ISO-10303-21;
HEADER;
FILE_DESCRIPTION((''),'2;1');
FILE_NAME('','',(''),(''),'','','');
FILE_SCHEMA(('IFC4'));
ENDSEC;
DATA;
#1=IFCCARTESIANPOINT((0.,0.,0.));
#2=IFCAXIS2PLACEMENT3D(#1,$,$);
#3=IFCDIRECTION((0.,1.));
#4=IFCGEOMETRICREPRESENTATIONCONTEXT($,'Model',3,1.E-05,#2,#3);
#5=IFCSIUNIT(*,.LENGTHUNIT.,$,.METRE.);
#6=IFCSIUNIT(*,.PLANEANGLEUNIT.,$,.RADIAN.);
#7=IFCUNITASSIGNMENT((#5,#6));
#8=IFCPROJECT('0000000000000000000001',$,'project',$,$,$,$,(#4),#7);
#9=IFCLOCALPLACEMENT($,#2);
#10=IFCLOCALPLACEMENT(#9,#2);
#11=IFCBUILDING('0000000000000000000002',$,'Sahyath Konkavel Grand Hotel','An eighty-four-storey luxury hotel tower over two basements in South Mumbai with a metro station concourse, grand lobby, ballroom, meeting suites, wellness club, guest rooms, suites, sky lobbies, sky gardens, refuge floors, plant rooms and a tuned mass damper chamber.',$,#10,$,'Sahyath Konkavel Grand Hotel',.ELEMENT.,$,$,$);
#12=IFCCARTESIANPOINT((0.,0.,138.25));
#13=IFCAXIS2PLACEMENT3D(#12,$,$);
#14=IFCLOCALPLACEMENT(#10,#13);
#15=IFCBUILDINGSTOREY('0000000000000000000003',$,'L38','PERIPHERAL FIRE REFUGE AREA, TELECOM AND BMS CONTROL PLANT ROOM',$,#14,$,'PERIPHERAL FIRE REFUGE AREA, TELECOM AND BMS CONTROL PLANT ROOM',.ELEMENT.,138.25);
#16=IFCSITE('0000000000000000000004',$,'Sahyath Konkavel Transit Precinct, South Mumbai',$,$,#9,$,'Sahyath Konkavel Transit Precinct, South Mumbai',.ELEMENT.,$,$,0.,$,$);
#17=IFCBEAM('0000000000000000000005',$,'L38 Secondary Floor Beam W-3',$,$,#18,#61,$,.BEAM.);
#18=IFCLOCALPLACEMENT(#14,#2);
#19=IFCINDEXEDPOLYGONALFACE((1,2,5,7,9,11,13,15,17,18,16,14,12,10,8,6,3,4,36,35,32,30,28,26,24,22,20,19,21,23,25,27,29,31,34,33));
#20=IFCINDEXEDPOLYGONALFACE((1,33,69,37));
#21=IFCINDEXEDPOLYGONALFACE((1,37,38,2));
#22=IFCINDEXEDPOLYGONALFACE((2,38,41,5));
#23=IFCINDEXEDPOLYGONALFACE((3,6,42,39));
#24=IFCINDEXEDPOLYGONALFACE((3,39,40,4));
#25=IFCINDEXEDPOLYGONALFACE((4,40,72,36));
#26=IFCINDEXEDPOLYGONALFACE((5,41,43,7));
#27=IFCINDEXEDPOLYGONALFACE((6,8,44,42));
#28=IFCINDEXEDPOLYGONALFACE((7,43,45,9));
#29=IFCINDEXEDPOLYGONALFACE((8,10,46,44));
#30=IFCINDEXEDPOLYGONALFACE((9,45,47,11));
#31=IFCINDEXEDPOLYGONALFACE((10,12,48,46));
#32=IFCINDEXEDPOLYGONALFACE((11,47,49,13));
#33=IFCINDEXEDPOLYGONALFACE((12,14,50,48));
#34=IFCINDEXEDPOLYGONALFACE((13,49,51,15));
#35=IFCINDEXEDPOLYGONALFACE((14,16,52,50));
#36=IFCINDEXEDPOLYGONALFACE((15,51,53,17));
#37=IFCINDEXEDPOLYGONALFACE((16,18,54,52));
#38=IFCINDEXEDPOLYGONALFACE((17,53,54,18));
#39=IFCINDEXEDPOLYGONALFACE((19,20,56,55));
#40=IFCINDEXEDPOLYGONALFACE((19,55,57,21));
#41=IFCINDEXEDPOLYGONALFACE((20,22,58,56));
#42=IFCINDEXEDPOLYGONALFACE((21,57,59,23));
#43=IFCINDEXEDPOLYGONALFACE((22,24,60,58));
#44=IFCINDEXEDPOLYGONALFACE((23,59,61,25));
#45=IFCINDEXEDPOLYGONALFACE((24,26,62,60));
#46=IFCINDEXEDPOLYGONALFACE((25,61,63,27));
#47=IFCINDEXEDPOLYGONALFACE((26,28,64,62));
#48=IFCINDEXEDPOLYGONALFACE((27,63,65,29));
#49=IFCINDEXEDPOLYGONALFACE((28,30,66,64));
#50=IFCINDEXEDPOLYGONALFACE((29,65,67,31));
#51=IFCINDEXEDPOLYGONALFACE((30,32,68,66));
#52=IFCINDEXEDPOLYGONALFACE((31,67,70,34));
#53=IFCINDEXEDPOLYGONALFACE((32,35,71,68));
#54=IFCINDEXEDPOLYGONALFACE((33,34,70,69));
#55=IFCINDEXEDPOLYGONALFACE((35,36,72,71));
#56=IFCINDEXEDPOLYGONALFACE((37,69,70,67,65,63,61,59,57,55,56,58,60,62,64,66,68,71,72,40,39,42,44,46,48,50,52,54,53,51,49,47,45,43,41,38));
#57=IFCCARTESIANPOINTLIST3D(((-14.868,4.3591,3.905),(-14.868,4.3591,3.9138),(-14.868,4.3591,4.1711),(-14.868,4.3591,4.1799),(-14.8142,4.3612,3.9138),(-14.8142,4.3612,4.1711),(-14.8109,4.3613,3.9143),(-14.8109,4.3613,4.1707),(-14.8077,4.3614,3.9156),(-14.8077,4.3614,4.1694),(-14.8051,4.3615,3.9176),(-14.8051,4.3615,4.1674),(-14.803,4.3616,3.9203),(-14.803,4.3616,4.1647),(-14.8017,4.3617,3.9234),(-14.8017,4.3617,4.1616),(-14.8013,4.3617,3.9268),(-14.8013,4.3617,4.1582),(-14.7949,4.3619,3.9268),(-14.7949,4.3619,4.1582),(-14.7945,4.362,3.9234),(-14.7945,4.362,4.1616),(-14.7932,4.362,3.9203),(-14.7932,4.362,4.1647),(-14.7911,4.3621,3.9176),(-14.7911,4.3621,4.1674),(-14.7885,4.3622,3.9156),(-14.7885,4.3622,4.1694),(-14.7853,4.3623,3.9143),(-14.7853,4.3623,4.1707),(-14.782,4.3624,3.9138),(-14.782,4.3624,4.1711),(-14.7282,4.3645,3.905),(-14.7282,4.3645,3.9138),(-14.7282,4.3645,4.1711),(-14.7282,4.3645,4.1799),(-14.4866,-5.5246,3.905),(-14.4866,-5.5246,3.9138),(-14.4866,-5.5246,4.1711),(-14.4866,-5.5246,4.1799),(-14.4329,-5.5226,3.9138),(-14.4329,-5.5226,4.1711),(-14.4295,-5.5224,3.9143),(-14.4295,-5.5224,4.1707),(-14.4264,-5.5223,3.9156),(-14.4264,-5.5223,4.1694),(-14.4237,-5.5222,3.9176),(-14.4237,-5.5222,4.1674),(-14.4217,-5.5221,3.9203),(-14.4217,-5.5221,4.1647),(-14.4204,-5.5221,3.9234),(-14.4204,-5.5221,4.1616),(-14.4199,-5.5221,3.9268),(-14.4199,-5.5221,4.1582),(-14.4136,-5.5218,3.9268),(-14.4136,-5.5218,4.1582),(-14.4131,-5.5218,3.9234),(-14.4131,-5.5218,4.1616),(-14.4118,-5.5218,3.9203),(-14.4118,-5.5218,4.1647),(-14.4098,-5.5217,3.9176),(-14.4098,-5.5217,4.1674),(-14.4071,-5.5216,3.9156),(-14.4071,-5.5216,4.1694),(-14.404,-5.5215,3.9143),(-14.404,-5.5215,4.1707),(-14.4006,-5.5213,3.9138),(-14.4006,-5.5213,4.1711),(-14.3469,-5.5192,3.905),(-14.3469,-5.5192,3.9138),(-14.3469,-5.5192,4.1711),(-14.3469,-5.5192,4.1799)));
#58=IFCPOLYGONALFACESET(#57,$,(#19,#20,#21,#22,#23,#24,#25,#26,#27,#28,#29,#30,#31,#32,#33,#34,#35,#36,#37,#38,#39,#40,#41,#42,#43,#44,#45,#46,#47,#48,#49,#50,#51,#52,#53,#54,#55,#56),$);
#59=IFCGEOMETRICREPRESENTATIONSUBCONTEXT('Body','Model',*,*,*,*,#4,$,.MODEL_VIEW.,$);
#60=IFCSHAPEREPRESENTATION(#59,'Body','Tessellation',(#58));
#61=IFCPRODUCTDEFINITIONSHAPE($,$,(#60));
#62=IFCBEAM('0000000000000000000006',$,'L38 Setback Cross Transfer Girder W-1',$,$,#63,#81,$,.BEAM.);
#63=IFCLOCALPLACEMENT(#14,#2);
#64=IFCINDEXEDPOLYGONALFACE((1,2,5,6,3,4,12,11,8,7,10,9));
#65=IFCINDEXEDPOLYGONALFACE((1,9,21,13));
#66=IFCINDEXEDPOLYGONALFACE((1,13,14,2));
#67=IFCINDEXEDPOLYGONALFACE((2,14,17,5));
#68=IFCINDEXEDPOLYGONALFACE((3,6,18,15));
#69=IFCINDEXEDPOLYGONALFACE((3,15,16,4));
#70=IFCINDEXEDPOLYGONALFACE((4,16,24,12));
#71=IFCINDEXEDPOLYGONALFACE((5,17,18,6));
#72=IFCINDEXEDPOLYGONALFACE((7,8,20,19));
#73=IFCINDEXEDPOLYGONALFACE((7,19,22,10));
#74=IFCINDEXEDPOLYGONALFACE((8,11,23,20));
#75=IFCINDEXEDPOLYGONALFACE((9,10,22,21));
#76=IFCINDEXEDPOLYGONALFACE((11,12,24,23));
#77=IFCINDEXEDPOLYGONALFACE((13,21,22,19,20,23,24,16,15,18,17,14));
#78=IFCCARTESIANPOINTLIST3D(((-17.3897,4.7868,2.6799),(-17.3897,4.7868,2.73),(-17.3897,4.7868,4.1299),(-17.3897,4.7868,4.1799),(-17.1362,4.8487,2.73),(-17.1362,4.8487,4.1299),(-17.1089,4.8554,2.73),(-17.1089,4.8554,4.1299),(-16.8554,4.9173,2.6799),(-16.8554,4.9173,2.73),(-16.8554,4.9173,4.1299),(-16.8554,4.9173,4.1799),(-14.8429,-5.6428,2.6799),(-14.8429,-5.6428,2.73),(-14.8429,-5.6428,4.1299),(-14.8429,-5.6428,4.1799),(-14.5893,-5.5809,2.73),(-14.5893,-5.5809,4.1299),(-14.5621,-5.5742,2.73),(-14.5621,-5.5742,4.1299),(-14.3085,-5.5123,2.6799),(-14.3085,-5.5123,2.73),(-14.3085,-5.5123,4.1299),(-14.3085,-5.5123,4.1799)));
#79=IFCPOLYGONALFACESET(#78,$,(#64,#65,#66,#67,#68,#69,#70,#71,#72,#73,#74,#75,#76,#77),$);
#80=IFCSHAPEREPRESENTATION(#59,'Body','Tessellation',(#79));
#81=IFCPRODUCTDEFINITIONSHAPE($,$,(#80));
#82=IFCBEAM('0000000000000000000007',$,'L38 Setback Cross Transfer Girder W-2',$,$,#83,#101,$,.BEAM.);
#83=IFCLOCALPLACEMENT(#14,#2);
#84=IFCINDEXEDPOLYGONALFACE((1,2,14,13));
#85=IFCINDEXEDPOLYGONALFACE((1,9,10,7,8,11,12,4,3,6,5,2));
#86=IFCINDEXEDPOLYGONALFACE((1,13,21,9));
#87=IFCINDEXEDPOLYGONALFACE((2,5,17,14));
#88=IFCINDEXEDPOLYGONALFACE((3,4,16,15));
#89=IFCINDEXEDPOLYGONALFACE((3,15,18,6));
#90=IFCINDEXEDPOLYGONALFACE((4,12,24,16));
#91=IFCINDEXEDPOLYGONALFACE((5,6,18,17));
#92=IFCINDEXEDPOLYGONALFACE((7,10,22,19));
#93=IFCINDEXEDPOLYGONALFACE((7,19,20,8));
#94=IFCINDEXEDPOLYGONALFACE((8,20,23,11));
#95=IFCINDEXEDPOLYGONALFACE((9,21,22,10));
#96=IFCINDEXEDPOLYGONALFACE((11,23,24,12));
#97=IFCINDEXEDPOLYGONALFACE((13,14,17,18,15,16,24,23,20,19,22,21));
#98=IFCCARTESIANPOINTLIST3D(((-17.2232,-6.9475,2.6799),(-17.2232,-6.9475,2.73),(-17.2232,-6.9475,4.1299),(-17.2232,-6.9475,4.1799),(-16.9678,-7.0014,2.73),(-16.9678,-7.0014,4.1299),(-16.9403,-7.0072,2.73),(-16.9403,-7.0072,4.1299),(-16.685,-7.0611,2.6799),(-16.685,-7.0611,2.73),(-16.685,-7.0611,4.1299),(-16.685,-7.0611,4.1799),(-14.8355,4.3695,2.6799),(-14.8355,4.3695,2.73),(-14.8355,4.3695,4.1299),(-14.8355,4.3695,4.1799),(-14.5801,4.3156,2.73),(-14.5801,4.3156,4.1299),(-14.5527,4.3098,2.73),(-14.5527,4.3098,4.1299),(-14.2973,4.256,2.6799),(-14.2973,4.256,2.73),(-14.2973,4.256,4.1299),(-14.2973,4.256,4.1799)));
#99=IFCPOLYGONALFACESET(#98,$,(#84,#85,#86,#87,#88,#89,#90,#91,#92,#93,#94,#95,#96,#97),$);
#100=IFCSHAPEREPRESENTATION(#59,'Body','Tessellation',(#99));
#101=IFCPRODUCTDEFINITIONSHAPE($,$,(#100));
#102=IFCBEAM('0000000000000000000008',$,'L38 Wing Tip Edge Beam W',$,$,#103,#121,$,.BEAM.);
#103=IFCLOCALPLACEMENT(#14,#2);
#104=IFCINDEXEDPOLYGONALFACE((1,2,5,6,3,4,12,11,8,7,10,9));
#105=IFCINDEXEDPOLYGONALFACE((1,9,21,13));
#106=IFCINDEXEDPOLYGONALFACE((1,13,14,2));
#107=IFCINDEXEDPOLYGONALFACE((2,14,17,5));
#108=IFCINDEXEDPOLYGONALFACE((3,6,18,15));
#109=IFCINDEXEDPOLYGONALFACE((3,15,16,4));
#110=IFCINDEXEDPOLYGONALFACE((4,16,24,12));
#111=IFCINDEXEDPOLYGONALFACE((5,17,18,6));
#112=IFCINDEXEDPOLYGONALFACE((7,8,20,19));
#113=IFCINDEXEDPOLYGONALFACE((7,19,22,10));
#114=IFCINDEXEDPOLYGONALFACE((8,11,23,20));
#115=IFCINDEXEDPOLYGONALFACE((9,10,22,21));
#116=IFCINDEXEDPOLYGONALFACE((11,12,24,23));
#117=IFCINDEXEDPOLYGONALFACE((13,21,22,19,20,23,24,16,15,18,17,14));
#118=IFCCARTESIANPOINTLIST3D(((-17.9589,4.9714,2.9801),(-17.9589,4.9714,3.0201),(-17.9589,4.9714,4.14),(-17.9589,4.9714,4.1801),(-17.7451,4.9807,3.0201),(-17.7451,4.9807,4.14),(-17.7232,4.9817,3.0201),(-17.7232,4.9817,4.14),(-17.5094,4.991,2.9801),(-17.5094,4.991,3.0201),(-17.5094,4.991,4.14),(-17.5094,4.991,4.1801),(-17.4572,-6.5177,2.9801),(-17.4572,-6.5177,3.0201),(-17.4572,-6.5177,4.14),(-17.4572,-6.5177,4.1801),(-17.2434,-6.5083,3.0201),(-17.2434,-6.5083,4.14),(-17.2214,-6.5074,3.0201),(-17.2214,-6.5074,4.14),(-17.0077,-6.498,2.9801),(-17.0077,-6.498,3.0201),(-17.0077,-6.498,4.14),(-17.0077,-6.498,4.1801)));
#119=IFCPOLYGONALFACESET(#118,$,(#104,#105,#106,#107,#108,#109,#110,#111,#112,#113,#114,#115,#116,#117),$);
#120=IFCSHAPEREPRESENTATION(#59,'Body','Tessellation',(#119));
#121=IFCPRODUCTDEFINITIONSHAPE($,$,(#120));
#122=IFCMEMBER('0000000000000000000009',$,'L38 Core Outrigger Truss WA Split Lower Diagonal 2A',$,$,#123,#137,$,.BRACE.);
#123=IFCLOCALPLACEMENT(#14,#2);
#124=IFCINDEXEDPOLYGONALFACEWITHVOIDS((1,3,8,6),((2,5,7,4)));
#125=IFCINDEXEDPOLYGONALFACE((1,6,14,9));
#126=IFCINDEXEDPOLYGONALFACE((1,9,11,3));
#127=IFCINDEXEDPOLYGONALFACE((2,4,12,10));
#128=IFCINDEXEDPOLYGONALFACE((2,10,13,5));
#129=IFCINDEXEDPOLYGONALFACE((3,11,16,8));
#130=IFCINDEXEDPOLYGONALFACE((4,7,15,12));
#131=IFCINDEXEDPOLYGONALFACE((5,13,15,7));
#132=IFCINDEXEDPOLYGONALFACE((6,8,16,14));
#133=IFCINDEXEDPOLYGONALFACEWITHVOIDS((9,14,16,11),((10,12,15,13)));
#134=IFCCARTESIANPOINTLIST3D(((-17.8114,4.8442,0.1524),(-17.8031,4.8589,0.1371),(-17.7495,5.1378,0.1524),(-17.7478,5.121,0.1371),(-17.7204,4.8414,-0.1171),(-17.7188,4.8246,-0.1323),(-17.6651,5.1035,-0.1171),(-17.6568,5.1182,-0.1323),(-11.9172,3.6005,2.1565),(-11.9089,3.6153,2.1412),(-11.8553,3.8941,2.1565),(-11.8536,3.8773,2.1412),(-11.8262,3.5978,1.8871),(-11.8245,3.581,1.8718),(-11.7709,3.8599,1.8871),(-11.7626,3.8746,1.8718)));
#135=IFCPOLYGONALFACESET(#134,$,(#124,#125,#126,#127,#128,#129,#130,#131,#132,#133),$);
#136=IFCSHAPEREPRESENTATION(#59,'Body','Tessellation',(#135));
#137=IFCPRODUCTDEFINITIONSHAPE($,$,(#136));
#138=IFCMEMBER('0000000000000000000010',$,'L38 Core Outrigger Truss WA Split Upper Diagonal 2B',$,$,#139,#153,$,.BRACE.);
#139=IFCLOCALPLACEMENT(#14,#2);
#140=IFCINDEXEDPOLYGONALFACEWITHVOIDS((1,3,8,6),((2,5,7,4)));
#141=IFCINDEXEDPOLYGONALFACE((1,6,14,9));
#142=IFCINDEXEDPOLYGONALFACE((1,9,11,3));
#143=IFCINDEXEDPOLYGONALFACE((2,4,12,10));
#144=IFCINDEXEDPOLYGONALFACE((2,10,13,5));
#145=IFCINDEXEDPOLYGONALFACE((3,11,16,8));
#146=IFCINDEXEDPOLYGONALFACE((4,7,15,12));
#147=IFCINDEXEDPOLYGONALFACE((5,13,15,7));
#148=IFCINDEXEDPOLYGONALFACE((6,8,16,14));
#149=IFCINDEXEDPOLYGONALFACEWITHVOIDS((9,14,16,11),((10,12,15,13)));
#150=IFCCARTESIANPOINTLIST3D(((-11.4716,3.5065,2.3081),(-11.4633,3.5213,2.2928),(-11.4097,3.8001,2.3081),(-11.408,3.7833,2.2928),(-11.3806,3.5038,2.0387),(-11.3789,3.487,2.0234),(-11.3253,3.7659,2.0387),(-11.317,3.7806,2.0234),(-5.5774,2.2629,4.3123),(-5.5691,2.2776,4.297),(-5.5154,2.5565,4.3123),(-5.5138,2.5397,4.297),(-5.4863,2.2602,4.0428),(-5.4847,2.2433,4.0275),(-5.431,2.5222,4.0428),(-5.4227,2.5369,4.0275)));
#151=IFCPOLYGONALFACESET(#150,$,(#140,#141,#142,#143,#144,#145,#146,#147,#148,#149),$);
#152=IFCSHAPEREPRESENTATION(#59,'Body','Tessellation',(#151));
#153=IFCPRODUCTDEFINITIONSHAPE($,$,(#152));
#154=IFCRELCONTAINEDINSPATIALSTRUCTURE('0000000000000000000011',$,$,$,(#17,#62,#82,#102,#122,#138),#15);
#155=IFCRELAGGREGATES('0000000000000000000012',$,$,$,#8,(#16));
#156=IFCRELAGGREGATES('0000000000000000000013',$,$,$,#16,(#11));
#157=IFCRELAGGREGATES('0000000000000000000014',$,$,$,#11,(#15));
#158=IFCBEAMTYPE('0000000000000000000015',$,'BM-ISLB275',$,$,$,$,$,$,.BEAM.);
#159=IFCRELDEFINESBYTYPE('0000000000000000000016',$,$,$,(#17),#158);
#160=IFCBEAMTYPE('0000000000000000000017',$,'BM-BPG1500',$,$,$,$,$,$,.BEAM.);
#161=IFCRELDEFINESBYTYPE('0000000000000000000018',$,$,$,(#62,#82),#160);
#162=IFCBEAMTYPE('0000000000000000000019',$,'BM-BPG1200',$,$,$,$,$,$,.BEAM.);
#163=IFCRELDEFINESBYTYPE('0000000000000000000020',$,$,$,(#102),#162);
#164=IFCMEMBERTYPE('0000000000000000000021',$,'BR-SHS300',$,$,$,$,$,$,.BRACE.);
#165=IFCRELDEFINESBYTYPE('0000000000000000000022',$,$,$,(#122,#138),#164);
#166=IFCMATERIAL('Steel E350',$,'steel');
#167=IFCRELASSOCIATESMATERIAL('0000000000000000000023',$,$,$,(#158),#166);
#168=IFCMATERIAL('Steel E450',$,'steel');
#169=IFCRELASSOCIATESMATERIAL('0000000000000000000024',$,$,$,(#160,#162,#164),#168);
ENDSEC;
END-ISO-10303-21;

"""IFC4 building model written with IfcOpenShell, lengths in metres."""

from ifc_helpers import new_model, si_unit, direction, frame, origin, origin_2d, place, context, subcontext, project, spatial, hollow_rectangle, i_section, extrude, source, transform, mapped, material, material_profile, profile_set, type_object, element, save


model = new_model("IFC4")

# Units and contexts
model_context = context("Model", 3, precision=1e-05, world=origin(), true_north=direction((0.0, 1.0)))
body_context = subcontext(model_context, "Body", "Model", "MODEL_VIEW")
ifc_project = project(units=[si_unit("LENGTHUNIT", "METRE"), si_unit("PLANEANGLEUNIT", "RADIAN")], contexts=[model_context])

# Site, building, storey
site_placement = place(None, origin())
site = spatial("IfcSite", under=ifc_project, at=site_placement, Name="Sahyath Konkavel Transit Precinct, South Mumbai", LongName="Sahyath Konkavel Transit Precinct, South Mumbai", CompositionType="ELEMENT", RefElevation=0.0)
building_placement = place(site_placement, origin())
building = spatial("IfcBuilding", under=site, at=building_placement, Name="Sahyath Konkavel Grand Hotel", Description="An eighty-four-storey luxury hotel tower over two basements in South Mumbai with a metro station concourse, grand lobby, ballroom, meeting suites, wellness club, guest rooms, suites, sky lobbies, sky gardens, refuge floors, plant rooms and a tuned mass damper chamber.", LongName="Sahyath Konkavel Grand Hotel", CompositionType="ELEMENT")
storey_placement = place(building_placement, frame((0.0, 0.0, 138.25)))
storey = spatial("IfcBuildingStorey", under=building, at=storey_placement, Name="L38", Description="PERIPHERAL FIRE REFUGE AREA, TELECOM AND BMS CONTROL PLANT ROOM", LongName="PERIPHERAL FIRE REFUGE AREA, TELECOM AND BMS CONTROL PLANT ROOM", CompositionType="ELEMENT", Elevation=138.25)

# Shared definitions
ifc_material_1 = material(Name="Steel E450", Category="steel")

# Beams
ifc_material_2 = material(Name="Steel E350", Category="steel")
ifc_material_profile_1 = material_profile(ifc_material_2, i_section(OverallWidth=0.1399, OverallDepth=0.2749, WebThickness=0.0063, FlangeThickness=0.0088, FilletRadius=0.0129, at=origin_2d()), Name="ISLB 275")
ifc_profile_set_1 = profile_set([ifc_material_profile_1], Name="Steel E350")
beam_type_1 = type_object("IfcBeamType", Name="BM-ISLB275", PredefinedType="BEAM", material=ifc_profile_set_1)
shared_shape_1 = source(origin(), body_context, "Body", "SweptSolid", [
    extrude(i_section(OverallWidth=0.1399, OverallDepth=0.2749, WebThickness=0.0063, FlangeThickness=0.0088, FilletRadius=0.0129, at=origin_2d()), origin(), (0.0, 0.0, 1.0), 9.8911),
])
beam_1_placement = place(storey_placement, frame((-14.7981, 4.3618, 4.0425), z_axis=(0.038554, -0.999257, 0.0), x_axis=(0.999257, 0.038554, 0.0)))
element("IfcBeam", 1, at=beam_1_placement, inside=storey, type_object=beam_type_1, Name="L38 Secondary Floor Beam W-3", PredefinedType="BEAM", context=body_context, shape_type="MappedRepresentation", body=[
    mapped(shared_shape_1, transform((0.0, 0.0, 0.0), scale=1.0)),
])
ifc_material_profile_2 = material_profile(ifc_material_1, i_section(OverallWidth=0.55, OverallDepth=1.5, WebThickness=0.0281, FlangeThickness=0.05, at=origin_2d()), Name="BPG 1500x550")
ifc_profile_set_2 = profile_set([ifc_material_profile_2], Name="Steel E450")
beam_type_2 = type_object("IfcBeamType", Name="BM-BPG1500", PredefinedType="BEAM", material=ifc_profile_set_2)
shared_shape_2 = source(origin(), body_context, "Body", "SweptSolid", [
    extrude(i_section(OverallWidth=0.55, OverallDepth=1.5, WebThickness=0.0281, FlangeThickness=0.05, at=origin_2d()), origin(), (0.0, 0.0, 1.0), 10.7361),
])
beam_2_placement = place(storey_placement, frame((-17.1226, 4.8521, 3.4299), z_axis=(0.237224, -0.971455, 0.0), x_axis=(0.971455, 0.237224, 0.0)))
element("IfcBeam", 2, at=beam_2_placement, inside=storey, type_object=beam_type_2, Name="L38 Setback Cross Transfer Girder W-1", PredefinedType="BEAM", context=body_context, shape_type="MappedRepresentation", body=[
    mapped(shared_shape_2, transform((0.0, 0.0, 0.0), scale=1.0)),
])
shared_shape_3 = source(origin(), body_context, "Body", "SweptSolid", [
    extrude(i_section(OverallWidth=0.55, OverallDepth=1.5, WebThickness=0.0281, FlangeThickness=0.05, at=origin_2d()), origin(), (0.0, 0.0, 1.0), 11.5662),
])
beam_3_placement = place(storey_placement, frame((-14.5664, 4.3127, 3.4299), z_axis=(-0.206436, -0.97846, 0.0), x_axis=(0.97846, -0.206436, 0.0)))
element("IfcBeam", 3, at=beam_3_placement, inside=storey, type_object=beam_type_2, Name="L38 Setback Cross Transfer Girder W-2", PredefinedType="BEAM", context=body_context, shape_type="MappedRepresentation", body=[
    mapped(shared_shape_3, transform((0.0, 0.0, 0.0), scale=1.0)),
])
ifc_material_profile_3 = material_profile(ifc_material_1, i_section(OverallWidth=0.45, OverallDepth=1.2, WebThickness=0.022, FlangeThickness=0.04, at=origin_2d()), Name="BPG 1200x450")
ifc_profile_set_3 = profile_set([ifc_material_profile_3], Name="Steel E450")
beam_type_3 = type_object("IfcBeamType", Name="BM-BPG1200", PredefinedType="BEAM", material=ifc_profile_set_3)
shared_shape_4 = source(origin(), body_context, "Body", "SweptSolid", [
    extrude(i_section(OverallWidth=0.45, OverallDepth=1.2, WebThickness=0.022, FlangeThickness=0.04, at=origin_2d()), origin(), (0.0, 0.0, 1.0), 11.5),
])
beam_4_placement = place(storey_placement, frame((-17.7341, 4.9812, 3.5801), z_axis=(0.043627, -0.999048, 0.0), x_axis=(0.999048, 0.043627, 0.0)))
element("IfcBeam", 4, at=beam_4_placement, inside=storey, type_object=beam_type_3, Name="L38 Wing Tip Edge Beam W", PredefinedType="BEAM", context=body_context, shape_type="MappedRepresentation", body=[
    mapped(shared_shape_4, transform((0.0, 0.0, 0.0), scale=1.0)),
])

# Members
ifc_material_profile_4 = material_profile(ifc_material_1, hollow_rectangle(XDim=0.3, YDim=0.3, WallThickness=0.0161, at=origin_2d()), Name="SHS 300x300x16")
ifc_profile_set_4 = profile_set([ifc_material_profile_4], Name="Steel E450")
member_type = type_object("IfcMemberType", Name="BR-SHS300", PredefinedType="BRACE", material=ifc_profile_set_4)
shared_shape_5 = source(origin(), body_context, "Body", "SweptSolid", [
    extrude(hollow_rectangle(XDim=0.3, YDim=0.3, WallThickness=0.0161, at=origin_2d()), origin(), (0.0, 0.0, 1.0), 6.3486),
])
for number, where, z_axis, x_axis, name in (
    (5, (-17.7341, 4.9812, 0.01), (0.928425, -0.195891, 0.315679), (0.206448, 0.978458, 0.0), "L38 Core Outrigger Truss WA Split Lower Diagonal 2A"),
    (6, (-11.3943, 3.6436, 2.1658), (0.928425, -0.195891, 0.315679), (0.206448, 0.978458, 0.0), "L38 Core Outrigger Truss WA Split Upper Diagonal 2B"),
):
    element("IfcMember", number, at=place(storey_placement, frame(where, z_axis=z_axis, x_axis=x_axis)), inside=storey, type_object=member_type, Name=name, PredefinedType="BRACE", context=body_context, shape_type="MappedRepresentation", body=[
        mapped(shared_shape_5, transform((0.0, 0.0, 0.0), scale=1.0)),
    ])

save(model, "model.ifc")
